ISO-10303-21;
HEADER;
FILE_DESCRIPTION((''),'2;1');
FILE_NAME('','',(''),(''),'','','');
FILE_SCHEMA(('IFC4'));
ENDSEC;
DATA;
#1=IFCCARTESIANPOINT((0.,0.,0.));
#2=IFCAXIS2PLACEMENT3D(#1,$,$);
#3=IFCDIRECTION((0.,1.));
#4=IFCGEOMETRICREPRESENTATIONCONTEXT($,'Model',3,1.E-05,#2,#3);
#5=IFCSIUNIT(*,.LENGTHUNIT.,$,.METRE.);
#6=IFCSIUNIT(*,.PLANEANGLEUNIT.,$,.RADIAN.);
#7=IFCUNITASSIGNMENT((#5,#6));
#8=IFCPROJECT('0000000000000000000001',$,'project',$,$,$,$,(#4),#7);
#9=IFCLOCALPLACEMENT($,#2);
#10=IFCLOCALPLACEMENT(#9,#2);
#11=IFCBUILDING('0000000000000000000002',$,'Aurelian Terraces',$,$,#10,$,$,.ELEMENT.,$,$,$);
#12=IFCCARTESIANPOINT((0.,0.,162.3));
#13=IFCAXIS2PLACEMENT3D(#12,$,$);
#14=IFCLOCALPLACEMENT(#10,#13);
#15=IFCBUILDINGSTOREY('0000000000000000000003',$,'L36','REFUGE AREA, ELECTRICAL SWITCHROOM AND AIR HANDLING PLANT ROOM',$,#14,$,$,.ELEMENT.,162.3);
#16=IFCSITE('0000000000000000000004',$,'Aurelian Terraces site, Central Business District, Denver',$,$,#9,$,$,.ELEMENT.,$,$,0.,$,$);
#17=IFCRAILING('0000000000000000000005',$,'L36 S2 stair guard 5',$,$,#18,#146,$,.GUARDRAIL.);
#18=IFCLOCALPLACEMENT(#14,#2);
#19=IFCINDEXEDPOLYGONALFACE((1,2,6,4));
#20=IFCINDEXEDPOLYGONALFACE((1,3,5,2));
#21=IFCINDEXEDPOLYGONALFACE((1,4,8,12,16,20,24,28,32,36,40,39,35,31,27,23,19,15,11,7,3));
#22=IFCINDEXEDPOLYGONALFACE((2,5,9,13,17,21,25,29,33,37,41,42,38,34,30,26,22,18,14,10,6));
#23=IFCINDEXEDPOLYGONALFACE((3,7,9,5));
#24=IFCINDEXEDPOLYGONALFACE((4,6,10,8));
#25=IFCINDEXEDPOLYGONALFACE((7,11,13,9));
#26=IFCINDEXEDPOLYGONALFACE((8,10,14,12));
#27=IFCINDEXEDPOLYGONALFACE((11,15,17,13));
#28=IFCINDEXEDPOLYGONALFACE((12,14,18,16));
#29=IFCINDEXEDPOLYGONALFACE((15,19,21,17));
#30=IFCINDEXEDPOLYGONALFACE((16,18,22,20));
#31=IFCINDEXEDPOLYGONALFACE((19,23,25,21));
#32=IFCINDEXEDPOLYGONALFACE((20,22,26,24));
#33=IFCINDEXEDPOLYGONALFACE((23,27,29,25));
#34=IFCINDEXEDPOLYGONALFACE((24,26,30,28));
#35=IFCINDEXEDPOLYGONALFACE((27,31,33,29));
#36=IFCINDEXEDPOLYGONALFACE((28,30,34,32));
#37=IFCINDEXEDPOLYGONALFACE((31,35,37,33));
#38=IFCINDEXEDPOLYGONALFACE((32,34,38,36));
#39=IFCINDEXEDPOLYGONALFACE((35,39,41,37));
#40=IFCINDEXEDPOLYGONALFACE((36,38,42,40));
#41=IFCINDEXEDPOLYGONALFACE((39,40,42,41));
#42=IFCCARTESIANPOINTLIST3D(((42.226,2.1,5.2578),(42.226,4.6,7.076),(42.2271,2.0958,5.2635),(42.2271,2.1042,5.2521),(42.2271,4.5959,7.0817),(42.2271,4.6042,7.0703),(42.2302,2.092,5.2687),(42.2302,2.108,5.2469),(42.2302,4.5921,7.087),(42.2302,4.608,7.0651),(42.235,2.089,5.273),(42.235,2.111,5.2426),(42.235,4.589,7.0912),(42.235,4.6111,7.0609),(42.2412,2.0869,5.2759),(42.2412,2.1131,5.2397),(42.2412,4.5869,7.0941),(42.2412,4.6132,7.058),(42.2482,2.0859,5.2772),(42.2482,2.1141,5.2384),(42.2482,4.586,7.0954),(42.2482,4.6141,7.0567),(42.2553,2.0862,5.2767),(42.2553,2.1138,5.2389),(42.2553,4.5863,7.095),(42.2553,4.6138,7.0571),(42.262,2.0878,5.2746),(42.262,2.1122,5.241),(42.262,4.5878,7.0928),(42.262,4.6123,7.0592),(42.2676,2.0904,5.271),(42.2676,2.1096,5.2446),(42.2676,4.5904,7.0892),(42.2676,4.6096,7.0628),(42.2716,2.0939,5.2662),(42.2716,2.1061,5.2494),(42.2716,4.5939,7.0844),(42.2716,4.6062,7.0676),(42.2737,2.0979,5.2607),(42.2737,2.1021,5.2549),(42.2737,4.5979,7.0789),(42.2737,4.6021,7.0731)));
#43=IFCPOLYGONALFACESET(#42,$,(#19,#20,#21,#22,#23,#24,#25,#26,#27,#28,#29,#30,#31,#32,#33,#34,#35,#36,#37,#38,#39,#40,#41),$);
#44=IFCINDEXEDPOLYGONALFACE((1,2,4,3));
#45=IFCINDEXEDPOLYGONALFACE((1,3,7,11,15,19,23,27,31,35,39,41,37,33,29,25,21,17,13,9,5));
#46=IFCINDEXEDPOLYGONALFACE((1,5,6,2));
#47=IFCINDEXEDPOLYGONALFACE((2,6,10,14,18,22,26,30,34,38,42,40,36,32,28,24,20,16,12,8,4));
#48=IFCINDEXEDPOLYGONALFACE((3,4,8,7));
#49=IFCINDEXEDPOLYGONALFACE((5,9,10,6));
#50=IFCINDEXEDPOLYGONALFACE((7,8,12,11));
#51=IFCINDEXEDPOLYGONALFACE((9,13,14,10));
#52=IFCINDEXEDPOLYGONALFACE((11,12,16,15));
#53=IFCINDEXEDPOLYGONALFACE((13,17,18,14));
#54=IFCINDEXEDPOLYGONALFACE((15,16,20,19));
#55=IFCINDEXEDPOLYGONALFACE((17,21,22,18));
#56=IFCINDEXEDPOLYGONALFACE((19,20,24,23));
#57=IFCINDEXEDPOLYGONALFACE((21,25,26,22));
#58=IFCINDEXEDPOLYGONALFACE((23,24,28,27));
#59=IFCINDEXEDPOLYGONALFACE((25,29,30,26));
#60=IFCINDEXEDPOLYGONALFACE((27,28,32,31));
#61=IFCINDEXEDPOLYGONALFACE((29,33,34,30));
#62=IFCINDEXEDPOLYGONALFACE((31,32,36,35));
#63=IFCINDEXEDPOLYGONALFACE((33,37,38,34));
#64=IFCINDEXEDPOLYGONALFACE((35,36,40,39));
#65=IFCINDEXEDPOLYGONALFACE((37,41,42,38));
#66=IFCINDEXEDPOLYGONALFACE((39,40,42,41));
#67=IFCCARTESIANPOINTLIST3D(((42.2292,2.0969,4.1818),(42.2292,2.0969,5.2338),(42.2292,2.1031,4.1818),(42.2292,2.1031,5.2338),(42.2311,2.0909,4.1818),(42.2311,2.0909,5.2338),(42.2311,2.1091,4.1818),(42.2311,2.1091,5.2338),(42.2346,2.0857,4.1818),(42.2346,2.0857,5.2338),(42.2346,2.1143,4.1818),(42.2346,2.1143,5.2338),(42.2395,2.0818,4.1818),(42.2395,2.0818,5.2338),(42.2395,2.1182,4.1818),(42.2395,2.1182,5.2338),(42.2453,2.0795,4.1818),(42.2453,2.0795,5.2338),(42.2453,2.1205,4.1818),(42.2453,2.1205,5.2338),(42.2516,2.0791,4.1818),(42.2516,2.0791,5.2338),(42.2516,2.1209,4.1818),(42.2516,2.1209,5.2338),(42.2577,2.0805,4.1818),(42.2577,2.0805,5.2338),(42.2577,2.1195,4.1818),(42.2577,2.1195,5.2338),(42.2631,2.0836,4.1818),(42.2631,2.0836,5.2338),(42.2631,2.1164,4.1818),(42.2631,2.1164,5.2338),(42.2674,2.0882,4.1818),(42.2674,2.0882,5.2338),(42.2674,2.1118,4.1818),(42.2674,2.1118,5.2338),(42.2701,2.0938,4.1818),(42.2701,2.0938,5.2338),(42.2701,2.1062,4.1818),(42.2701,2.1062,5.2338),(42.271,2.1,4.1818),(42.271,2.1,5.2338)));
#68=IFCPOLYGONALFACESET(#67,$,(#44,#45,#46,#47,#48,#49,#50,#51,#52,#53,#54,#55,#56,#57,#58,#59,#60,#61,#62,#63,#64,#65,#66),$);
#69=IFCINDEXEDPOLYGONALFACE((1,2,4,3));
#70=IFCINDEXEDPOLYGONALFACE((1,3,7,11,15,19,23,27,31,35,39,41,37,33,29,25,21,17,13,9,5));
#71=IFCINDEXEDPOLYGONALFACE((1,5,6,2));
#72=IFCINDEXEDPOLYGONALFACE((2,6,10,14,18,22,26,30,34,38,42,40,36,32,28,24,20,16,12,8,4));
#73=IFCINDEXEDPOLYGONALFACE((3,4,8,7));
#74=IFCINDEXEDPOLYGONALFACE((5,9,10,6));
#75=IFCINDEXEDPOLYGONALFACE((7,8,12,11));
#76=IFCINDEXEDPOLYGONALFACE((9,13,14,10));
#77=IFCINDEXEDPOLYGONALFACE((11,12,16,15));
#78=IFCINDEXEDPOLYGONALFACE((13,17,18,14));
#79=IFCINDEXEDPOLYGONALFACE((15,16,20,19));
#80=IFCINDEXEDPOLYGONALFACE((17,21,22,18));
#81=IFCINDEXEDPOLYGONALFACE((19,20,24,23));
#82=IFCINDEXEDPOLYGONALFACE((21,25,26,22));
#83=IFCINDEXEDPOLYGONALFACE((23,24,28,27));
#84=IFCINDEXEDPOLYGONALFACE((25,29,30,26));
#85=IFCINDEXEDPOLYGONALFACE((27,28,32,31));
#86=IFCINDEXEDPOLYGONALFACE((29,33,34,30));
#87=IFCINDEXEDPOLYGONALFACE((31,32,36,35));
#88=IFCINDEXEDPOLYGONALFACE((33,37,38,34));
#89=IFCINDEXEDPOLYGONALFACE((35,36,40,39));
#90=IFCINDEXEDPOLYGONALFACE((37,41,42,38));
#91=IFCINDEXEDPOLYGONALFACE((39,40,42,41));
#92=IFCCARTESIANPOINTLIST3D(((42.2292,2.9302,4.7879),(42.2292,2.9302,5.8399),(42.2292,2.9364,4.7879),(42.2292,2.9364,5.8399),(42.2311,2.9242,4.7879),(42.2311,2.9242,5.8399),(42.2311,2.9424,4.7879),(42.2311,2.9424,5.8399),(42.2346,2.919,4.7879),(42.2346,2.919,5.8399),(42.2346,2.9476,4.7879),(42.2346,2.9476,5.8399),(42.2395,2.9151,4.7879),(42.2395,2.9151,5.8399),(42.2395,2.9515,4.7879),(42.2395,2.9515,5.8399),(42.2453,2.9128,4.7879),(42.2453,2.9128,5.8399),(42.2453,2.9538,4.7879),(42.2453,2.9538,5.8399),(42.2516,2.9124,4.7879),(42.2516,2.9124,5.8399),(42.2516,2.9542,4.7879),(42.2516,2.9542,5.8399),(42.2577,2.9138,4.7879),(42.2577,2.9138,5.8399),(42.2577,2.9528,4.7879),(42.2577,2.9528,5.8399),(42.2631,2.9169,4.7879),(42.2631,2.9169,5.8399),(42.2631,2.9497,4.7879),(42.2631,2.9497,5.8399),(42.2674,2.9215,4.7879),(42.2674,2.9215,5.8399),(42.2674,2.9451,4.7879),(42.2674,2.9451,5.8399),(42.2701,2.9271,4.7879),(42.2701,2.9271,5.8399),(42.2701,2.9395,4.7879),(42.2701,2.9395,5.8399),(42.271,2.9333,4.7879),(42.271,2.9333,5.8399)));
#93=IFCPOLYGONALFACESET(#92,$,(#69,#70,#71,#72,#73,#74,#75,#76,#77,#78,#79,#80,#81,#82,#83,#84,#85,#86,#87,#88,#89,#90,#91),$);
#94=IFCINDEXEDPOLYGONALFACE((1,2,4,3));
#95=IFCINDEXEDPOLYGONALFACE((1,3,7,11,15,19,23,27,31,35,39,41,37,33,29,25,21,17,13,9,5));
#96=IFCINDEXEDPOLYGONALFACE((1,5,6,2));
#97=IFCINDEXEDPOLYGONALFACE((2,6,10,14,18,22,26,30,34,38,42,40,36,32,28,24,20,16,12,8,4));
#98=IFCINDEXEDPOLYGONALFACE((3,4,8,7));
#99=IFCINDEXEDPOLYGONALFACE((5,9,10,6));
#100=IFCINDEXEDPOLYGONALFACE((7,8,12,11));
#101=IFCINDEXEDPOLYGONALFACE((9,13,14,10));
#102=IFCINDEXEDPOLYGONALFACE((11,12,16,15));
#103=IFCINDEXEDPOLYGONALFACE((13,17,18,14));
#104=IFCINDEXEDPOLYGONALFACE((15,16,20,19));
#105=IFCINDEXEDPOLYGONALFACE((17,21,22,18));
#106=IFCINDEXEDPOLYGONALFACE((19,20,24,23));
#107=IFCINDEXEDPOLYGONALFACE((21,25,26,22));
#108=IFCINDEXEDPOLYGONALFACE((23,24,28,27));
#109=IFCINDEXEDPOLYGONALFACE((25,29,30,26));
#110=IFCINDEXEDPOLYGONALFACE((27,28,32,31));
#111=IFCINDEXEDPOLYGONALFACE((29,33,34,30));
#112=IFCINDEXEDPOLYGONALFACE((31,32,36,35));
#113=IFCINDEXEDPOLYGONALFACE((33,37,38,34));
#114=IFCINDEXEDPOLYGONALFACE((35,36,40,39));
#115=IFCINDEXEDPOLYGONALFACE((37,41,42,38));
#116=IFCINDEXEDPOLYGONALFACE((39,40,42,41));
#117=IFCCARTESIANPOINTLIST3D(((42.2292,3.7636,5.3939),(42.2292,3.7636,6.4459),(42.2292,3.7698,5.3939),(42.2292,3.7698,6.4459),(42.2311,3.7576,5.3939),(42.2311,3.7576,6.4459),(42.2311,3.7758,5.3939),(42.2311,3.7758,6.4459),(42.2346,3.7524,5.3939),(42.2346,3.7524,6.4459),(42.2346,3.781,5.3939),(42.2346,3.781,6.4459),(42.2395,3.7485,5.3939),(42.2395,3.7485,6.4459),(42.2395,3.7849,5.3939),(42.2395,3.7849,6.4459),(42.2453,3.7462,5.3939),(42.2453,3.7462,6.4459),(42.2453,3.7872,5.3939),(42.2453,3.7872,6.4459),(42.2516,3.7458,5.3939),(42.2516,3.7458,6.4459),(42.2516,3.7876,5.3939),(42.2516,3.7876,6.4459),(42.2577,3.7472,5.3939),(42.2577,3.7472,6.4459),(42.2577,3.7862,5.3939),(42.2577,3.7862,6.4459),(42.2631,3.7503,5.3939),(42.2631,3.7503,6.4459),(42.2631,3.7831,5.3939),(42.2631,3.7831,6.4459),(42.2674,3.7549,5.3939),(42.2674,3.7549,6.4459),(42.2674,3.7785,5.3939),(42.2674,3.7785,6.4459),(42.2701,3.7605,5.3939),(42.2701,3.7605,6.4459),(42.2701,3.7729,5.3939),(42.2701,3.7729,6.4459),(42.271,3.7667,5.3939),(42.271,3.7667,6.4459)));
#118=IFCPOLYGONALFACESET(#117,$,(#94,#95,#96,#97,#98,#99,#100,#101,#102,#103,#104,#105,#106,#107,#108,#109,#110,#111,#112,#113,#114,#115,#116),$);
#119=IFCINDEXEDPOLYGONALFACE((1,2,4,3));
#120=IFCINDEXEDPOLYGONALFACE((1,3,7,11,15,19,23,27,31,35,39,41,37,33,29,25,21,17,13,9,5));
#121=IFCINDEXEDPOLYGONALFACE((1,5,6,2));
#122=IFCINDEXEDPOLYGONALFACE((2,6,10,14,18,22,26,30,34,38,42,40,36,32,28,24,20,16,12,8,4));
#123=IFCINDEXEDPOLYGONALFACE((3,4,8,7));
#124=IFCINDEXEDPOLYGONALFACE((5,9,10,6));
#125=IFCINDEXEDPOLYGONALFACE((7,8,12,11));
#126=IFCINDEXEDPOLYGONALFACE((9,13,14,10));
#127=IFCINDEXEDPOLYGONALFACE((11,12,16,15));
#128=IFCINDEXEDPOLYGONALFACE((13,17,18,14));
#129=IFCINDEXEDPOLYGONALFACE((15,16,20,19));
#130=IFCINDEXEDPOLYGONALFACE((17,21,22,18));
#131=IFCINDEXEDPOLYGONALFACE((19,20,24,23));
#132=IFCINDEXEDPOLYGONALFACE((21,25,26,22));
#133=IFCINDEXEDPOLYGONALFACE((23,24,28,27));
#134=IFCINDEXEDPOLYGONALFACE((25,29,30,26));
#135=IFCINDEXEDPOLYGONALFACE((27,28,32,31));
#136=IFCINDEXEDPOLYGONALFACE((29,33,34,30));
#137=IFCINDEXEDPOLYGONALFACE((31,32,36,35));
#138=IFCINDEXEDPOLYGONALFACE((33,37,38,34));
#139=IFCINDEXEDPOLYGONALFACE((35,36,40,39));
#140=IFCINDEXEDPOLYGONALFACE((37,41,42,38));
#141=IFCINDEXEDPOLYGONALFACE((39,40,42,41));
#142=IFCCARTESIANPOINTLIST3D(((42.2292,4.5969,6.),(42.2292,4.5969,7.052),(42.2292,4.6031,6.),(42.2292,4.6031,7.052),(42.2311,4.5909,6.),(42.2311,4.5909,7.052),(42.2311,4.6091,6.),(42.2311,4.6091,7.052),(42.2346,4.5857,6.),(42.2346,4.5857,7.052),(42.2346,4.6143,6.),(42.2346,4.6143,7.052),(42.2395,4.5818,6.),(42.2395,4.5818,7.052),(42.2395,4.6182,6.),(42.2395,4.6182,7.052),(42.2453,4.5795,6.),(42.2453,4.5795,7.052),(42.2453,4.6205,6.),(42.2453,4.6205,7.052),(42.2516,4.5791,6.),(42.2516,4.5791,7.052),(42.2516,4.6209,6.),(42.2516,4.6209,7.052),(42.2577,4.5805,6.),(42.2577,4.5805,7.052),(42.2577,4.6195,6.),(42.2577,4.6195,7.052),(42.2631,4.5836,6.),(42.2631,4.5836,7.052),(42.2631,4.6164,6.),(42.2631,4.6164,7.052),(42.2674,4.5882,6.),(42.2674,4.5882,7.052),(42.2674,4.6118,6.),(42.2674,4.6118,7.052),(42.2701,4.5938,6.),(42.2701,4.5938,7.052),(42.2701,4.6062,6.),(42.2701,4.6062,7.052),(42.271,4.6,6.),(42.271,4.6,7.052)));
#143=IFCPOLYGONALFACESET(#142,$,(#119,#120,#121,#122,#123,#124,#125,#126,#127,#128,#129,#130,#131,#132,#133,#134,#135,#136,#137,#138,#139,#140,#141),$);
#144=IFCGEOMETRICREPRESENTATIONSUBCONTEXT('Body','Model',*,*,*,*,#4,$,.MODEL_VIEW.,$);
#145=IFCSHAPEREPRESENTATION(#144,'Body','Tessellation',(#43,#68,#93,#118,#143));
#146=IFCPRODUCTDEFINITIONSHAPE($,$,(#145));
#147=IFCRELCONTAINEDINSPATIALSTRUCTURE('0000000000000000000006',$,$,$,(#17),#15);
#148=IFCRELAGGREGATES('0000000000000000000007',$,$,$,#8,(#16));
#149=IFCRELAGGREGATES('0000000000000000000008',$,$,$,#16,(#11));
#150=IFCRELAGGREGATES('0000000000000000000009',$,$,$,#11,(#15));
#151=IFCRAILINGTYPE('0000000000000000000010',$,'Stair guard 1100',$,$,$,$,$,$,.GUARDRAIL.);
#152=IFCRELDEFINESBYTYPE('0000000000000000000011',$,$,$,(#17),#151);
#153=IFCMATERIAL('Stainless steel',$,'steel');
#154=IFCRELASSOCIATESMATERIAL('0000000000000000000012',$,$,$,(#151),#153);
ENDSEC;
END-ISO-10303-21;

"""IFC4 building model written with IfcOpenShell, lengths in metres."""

from ifc_helpers import new_model, si_unit, direction, frame, origin, origin_2d, place, context, subcontext, project, spatial, circle, extrude, source, transform, mapped, material, type_object, element, save


model = new_model("IFC4")

# Units and contexts
model_context = context("Model", 3, precision=1e-05, world=origin(), true_north=direction((0.0, 1.0)))
body_context = subcontext(model_context, "Body", "Model", "MODEL_VIEW")
ifc_project = project(units=[si_unit("LENGTHUNIT", "METRE"), si_unit("PLANEANGLEUNIT", "RADIAN")], contexts=[model_context])

# Site, building, storey
site_placement = place(None, origin())
site = spatial("IfcSite", under=ifc_project, at=site_placement, Name="Aurelian Terraces site, Central Business District, Denver", CompositionType="ELEMENT", RefElevation=0.0)
building_placement = place(site_placement, origin())
building = spatial("IfcBuilding", under=site, at=building_placement, Name="Aurelian Terraces", CompositionType="ELEMENT")
storey_placement = place(building_placement, frame((0.0, 0.0, 162.3)))
storey = spatial("IfcBuildingStorey", under=building, at=storey_placement, Name="L36", Description="REFUGE AREA, ELECTRICAL SWITCHROOM AND AIR HANDLING PLANT ROOM", CompositionType="ELEMENT", Elevation=162.3)

# Railing
ifc_material_1 = material(Name="Stainless steel", Category="steel")
railing_type_1 = type_object("IfcRailingType", Name="Stair guard 1100", PredefinedType="GUARDRAIL", material=ifc_material_1)
shared_shape_1 = source(origin(), body_context, "Body", "SweptSolid", [
    extrude(circle(Radius=0.024, at=origin_2d()), frame((0.0, 0.0, 1.076), z_axis=(0.0, 0.808733, 0.588176), x_axis=(-1.0, 0.0, 0.0)), (0.0, 0.0, 1.0), 3.0913),
    extrude(circle(Radius=0.021, at=origin_2d()), origin(), (0.0, 0.0, 1.0), 1.052),
    extrude(circle(Radius=0.021, at=origin_2d()), frame((0.0, 0.8333, 0.6061)), (0.0, 0.0, 1.0), 1.052),
    extrude(circle(Radius=0.021, at=origin_2d()), frame((0.0, 1.6667, 1.2121)), (0.0, 0.0, 1.0), 1.052),
    extrude(circle(Radius=0.021, at=origin_2d()), frame((0.0, 2.5, 1.8182)), (0.0, 0.0, 1.0), 1.052),
])
for number, where, name in (
    (1, (42.25, 2.1, 4.1818), "L36 S2 stair guard 5"),
):
    element("IfcRailing", number, at=place(storey_placement, frame(where)), inside=storey, type_object=railing_type_1, Name=name, PredefinedType="GUARDRAIL", context=body_context, shape_type="MappedRepresentation", body=[
        mapped(shared_shape_1, transform((0.0, 0.0, 0.0), scale=1.0)),
    ])

save(model, "model.ifc")
